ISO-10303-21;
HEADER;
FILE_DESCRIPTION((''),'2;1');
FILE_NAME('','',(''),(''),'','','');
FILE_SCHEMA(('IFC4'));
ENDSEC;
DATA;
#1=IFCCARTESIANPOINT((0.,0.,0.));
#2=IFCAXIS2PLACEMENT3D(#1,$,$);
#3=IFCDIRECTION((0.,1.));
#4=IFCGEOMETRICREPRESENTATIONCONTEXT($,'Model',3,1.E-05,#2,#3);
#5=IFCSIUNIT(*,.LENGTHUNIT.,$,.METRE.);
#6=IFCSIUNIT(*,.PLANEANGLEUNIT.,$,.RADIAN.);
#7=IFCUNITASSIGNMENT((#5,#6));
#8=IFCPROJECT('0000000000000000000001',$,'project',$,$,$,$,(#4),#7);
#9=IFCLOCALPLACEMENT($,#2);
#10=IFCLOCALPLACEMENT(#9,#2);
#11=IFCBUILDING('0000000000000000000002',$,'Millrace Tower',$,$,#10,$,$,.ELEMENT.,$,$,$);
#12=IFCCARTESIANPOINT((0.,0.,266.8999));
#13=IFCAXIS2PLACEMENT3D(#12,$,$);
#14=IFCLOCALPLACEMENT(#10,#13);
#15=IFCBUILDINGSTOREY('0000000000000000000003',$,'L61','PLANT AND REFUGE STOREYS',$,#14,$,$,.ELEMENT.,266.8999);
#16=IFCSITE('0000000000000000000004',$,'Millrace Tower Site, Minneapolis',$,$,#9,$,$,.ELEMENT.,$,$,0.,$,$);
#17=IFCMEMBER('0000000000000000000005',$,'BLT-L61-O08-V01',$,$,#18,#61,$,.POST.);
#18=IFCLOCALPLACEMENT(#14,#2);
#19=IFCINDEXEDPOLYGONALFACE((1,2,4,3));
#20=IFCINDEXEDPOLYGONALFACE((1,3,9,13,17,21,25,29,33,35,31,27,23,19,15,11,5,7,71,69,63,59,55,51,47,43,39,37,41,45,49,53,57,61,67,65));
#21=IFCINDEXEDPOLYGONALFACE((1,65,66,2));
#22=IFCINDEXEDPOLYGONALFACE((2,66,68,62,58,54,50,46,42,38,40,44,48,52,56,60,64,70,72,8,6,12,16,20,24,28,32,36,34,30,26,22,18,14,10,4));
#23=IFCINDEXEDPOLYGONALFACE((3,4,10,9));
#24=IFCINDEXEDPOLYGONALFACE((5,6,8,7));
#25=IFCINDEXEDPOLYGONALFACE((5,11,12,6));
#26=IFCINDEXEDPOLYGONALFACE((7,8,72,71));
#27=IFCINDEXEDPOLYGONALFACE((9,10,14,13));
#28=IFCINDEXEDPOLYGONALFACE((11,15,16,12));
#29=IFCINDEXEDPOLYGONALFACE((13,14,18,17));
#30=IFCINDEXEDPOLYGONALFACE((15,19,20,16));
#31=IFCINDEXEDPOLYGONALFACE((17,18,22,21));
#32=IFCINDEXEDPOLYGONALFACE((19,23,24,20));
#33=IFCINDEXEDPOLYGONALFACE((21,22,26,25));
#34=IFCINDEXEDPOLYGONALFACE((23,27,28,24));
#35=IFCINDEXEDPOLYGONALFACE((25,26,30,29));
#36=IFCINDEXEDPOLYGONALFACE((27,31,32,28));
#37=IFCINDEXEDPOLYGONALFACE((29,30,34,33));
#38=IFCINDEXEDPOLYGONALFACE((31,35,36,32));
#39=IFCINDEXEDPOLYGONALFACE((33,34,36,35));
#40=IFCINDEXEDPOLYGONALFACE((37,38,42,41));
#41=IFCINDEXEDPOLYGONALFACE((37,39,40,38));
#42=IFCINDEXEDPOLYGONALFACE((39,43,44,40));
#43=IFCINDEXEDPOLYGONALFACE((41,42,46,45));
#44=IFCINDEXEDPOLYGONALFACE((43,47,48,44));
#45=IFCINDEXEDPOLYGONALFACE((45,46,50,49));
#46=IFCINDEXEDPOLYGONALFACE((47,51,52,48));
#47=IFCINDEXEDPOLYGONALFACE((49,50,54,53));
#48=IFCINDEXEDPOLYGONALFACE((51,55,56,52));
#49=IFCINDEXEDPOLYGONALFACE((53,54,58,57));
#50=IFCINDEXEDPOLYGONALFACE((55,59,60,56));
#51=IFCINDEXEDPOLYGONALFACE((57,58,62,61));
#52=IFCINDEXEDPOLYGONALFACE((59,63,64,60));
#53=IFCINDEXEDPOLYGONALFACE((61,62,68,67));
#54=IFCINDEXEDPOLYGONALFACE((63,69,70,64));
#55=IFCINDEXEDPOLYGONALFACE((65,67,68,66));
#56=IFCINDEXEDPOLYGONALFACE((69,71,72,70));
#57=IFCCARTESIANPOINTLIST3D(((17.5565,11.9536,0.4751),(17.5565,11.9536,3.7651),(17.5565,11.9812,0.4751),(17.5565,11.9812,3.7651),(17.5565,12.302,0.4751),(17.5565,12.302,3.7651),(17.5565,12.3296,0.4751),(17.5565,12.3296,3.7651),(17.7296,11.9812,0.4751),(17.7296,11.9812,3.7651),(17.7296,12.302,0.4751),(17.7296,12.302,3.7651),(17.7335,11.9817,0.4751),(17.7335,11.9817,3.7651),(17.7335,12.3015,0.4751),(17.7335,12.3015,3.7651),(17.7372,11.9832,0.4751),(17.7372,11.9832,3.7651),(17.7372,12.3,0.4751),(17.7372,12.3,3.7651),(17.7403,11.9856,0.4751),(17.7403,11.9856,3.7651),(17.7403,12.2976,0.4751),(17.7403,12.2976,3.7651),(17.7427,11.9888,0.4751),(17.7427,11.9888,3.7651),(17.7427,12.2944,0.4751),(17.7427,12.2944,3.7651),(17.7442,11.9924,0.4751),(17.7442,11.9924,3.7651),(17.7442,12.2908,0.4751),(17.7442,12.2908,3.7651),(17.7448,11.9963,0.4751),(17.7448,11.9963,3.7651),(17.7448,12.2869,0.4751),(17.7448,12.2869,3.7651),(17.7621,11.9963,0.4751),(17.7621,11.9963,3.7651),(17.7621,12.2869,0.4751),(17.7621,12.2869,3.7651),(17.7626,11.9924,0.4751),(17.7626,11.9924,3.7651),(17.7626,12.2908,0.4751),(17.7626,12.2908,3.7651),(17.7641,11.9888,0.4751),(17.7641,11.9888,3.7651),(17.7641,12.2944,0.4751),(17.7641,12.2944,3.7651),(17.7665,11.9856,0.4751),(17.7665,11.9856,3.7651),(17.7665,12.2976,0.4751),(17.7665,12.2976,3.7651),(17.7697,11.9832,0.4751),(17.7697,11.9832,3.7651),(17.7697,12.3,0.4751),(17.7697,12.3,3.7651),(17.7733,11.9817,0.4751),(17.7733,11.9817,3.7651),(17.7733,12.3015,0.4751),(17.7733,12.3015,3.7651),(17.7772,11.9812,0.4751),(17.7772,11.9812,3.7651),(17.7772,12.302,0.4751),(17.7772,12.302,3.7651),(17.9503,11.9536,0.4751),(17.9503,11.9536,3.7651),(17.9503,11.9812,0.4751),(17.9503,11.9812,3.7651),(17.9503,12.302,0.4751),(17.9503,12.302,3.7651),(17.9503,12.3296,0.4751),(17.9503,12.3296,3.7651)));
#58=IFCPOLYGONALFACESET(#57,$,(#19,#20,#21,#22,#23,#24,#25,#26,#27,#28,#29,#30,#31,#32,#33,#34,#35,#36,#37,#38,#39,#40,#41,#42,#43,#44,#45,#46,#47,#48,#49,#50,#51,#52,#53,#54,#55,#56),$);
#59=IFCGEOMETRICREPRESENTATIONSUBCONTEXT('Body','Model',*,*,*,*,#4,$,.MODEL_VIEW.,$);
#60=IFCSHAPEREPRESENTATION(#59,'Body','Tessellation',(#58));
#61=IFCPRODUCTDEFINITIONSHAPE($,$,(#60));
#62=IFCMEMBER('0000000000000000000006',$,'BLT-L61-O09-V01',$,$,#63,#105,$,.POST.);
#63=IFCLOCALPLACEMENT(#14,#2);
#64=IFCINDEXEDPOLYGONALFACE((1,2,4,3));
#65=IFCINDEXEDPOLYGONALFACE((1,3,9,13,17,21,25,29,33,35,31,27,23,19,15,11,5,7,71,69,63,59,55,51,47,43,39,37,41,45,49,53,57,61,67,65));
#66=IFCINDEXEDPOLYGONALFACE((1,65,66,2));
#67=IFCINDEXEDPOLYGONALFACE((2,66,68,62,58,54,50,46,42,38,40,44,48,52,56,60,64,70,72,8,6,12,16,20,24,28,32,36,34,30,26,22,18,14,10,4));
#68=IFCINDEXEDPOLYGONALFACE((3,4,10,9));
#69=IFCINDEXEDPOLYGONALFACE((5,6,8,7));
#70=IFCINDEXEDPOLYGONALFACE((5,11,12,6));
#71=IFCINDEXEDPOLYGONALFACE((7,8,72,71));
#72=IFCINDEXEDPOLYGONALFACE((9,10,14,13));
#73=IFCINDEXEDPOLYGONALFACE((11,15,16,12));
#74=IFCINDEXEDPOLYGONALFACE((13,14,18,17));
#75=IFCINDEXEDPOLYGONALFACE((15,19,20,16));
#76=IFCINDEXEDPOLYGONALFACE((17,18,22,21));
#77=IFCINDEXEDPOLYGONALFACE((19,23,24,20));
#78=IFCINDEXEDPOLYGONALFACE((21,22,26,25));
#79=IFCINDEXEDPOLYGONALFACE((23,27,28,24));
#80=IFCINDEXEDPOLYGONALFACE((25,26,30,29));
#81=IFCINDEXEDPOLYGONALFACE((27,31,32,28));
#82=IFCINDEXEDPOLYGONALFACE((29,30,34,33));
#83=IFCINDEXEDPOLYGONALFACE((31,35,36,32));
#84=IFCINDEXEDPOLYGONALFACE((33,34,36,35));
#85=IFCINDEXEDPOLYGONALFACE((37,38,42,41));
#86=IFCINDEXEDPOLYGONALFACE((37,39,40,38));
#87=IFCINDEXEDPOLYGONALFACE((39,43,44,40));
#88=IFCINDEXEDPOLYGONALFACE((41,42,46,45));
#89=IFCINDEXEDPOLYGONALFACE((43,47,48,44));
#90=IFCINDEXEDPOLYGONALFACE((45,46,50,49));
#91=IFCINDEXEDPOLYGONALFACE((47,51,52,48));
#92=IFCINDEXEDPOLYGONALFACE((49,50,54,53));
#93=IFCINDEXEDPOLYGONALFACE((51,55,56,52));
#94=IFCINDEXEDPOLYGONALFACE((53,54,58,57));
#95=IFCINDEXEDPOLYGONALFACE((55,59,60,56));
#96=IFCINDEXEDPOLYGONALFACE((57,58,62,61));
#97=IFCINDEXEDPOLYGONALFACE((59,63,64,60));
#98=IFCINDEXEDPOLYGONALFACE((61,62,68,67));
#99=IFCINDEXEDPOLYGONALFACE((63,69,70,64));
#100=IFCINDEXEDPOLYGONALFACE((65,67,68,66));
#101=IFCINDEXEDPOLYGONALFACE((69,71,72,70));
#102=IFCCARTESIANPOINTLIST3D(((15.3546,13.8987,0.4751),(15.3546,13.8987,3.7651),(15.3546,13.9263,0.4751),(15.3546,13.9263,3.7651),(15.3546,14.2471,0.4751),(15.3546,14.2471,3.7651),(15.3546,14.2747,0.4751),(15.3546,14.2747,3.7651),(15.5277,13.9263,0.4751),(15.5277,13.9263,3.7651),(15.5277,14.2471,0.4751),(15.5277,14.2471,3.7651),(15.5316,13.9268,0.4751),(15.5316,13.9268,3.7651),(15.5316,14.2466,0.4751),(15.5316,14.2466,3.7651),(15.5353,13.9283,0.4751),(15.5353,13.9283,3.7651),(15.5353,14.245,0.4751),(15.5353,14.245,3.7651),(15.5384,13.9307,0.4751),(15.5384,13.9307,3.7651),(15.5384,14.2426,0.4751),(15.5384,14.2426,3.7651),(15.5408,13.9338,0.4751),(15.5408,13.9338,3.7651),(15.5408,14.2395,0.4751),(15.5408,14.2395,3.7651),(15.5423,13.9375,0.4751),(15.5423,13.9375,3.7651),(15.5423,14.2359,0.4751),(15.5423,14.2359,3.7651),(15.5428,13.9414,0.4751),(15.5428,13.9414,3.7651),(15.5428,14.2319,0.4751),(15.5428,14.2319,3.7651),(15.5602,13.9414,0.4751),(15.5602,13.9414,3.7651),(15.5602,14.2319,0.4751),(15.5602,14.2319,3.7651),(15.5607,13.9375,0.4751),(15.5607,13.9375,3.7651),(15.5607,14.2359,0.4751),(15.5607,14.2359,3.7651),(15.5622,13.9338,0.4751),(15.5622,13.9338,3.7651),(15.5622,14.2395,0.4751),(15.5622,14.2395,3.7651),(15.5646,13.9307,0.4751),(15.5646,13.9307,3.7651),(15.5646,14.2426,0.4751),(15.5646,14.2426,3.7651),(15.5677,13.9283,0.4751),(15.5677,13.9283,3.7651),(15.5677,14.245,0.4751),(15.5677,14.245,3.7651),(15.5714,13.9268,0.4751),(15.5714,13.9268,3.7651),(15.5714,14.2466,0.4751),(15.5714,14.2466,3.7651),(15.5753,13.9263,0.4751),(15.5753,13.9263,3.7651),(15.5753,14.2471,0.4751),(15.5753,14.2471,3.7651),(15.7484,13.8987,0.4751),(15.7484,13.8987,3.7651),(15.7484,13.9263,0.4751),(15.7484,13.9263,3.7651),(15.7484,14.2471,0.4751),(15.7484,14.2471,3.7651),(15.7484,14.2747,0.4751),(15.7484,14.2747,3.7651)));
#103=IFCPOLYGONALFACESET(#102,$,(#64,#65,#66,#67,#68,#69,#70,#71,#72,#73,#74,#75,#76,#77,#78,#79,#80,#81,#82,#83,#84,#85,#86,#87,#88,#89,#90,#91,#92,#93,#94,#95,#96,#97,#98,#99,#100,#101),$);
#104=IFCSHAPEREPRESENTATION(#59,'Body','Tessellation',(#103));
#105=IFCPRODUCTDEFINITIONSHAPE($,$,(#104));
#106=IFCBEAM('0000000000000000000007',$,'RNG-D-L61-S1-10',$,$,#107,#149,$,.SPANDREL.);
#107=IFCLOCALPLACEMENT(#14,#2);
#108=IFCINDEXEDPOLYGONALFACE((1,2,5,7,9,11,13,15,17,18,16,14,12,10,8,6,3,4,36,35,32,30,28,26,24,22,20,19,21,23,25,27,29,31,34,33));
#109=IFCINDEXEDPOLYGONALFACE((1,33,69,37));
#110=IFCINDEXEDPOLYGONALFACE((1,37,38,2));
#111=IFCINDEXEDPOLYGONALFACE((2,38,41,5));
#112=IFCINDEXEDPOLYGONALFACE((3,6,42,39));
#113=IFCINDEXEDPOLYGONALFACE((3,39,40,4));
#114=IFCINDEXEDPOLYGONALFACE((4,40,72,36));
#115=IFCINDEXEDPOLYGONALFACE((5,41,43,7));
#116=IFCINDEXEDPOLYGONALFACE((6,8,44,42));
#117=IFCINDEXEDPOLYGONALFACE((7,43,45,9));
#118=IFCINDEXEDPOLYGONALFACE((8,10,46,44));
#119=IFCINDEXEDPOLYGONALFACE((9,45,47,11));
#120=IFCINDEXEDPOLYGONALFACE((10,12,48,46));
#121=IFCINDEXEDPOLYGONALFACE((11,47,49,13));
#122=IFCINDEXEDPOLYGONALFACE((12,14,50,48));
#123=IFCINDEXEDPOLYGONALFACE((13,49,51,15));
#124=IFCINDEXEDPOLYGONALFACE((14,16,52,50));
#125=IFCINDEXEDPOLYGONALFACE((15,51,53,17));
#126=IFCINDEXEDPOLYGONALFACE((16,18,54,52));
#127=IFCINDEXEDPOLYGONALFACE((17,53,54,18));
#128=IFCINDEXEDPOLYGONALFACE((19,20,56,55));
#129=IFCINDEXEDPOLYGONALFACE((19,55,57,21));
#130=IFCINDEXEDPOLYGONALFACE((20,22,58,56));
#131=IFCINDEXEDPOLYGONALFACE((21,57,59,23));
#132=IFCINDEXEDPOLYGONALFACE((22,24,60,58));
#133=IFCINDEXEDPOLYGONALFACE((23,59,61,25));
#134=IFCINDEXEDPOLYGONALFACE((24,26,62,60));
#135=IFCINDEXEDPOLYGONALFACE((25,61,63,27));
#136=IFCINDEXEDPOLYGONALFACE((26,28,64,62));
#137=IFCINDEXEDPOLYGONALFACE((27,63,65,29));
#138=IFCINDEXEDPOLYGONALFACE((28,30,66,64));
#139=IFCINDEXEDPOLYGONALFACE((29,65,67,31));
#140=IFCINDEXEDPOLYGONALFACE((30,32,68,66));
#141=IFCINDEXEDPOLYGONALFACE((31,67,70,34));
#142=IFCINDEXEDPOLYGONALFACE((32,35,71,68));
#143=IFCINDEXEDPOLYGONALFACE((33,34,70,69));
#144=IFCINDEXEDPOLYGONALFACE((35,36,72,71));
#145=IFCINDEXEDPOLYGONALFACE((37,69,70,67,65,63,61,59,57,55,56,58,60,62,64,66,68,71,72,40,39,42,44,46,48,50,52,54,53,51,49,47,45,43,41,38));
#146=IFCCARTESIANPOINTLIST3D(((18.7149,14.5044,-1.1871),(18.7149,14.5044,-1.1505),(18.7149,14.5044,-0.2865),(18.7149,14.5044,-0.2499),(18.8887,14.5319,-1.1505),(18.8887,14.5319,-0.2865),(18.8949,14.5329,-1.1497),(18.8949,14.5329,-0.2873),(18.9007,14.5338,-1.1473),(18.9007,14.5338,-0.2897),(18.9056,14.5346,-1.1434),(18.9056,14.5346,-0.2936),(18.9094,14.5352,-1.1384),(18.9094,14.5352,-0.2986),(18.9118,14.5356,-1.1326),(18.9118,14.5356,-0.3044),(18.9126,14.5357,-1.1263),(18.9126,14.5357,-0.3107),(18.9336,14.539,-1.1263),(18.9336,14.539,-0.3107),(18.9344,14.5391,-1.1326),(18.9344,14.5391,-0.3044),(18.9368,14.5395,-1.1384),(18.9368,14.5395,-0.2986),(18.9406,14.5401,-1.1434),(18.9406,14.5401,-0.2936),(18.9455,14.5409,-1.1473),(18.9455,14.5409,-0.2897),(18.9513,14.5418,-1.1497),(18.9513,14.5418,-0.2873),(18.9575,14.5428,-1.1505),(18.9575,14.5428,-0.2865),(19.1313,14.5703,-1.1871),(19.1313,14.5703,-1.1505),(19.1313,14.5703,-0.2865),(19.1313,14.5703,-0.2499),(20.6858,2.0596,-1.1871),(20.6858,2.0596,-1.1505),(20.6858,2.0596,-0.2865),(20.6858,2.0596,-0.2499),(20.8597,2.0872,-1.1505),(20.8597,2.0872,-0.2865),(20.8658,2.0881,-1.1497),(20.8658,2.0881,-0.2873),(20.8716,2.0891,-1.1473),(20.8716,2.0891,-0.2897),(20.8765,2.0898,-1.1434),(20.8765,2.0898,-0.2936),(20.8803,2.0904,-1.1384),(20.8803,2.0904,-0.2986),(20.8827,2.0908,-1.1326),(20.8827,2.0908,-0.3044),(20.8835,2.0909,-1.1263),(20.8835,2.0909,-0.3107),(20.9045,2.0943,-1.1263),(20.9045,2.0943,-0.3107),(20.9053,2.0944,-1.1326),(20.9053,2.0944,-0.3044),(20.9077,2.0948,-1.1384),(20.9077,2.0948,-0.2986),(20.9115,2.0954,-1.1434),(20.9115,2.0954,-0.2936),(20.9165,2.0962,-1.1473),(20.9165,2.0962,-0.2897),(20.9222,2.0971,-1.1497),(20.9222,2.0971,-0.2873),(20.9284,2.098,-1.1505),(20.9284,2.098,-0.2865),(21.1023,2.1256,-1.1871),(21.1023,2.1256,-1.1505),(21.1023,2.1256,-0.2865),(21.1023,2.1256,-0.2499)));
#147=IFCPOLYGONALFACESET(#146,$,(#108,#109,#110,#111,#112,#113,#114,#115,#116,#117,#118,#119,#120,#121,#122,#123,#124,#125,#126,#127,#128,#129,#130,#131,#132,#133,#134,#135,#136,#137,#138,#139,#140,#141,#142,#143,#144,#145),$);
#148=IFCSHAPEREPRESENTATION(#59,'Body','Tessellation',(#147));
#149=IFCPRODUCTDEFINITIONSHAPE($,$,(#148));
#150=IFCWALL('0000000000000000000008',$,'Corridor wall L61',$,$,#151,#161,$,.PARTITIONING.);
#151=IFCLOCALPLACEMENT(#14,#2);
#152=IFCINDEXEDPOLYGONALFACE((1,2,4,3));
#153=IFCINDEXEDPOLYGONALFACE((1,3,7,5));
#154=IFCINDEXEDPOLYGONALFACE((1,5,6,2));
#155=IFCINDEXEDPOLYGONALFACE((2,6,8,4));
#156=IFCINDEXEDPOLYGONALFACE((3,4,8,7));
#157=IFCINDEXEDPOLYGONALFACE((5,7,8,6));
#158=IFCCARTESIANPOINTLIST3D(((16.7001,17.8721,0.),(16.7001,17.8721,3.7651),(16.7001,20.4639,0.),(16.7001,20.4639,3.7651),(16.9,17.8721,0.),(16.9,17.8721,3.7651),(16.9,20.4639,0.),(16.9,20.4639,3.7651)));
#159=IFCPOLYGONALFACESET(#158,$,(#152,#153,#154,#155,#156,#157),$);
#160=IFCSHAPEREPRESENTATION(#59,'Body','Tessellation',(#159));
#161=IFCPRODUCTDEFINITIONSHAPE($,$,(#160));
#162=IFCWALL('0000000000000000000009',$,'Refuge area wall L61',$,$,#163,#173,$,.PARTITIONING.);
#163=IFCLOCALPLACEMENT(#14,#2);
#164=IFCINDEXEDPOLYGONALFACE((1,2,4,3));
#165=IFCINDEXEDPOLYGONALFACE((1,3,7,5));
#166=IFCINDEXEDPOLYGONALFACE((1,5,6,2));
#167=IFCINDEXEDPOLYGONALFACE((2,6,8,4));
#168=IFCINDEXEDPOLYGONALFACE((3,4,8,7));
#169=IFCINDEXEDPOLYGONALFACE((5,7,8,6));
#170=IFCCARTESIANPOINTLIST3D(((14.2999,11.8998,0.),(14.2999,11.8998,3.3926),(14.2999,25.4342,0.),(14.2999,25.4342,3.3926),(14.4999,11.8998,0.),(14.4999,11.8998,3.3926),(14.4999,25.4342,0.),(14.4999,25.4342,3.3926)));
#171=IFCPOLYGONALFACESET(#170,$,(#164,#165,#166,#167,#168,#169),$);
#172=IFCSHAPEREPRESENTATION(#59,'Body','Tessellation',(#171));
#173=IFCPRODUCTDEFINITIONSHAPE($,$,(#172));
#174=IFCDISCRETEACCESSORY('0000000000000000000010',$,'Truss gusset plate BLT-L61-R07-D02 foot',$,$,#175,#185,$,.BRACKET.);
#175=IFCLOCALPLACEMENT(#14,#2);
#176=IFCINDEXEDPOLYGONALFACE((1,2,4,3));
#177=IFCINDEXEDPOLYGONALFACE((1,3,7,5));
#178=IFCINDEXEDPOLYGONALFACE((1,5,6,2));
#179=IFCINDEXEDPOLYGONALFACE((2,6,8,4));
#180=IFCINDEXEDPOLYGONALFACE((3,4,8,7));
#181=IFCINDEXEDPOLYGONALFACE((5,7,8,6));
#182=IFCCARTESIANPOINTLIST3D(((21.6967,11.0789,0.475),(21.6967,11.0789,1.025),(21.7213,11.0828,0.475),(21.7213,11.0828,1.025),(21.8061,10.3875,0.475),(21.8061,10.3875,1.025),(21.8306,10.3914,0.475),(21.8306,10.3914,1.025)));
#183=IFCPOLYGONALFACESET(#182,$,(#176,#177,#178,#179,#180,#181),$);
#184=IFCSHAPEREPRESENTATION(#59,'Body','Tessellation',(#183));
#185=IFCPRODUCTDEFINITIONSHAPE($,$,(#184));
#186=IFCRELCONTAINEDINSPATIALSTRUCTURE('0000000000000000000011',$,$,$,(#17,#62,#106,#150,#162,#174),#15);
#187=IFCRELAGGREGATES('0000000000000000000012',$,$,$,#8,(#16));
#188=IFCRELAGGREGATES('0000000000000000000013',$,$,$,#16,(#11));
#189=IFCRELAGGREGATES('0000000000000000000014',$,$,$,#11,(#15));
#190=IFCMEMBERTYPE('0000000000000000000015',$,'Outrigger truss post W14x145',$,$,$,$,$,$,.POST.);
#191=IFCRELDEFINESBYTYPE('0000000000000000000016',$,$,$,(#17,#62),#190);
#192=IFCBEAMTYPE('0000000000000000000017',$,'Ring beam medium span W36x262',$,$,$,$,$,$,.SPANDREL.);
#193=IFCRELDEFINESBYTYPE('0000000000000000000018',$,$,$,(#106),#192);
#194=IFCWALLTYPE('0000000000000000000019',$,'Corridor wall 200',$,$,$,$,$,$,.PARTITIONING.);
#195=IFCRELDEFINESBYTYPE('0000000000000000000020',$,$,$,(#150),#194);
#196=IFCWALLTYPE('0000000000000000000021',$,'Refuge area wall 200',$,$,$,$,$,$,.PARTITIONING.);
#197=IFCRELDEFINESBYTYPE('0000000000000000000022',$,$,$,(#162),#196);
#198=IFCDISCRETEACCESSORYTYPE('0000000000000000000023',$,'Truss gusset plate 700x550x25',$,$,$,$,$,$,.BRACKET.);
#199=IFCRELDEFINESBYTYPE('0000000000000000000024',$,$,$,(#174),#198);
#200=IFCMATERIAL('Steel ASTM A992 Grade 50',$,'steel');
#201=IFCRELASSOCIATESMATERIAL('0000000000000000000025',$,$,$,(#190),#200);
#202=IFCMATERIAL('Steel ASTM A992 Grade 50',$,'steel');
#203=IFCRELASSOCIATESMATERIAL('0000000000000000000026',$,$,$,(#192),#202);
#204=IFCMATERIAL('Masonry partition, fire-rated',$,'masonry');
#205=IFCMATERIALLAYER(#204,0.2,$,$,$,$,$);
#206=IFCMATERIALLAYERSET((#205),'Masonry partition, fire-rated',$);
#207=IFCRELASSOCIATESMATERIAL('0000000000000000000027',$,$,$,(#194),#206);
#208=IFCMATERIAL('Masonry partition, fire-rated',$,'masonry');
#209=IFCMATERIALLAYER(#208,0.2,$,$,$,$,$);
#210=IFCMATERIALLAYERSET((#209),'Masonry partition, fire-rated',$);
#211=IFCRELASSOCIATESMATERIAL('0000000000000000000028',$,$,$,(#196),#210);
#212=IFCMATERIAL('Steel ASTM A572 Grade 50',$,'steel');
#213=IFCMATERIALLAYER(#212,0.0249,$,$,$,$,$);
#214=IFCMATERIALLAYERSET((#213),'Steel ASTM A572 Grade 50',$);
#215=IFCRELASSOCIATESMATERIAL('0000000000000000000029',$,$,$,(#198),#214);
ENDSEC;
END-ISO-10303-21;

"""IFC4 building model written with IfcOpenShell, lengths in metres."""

from ifc_helpers import new_model, si_unit, direction, frame, frame_2d, origin, origin_2d, place, context, subcontext, project, spatial, rectangle, i_section, extrude, material, layer, layer_set, material_profile, profile_set, type_object, element, save


model = new_model("IFC4")

# Units and contexts
model_context = context("Model", 3, precision=1e-05, world=origin(), true_north=direction((0.0, 1.0)))
body_context = subcontext(model_context, "Body", "Model", "MODEL_VIEW")
ifc_project = project(units=[si_unit("LENGTHUNIT", "METRE"), si_unit("PLANEANGLEUNIT", "RADIAN")], contexts=[model_context])

# Site, building, storey
site_placement = place(None, origin())
site = spatial("IfcSite", under=ifc_project, at=site_placement, Name="Millrace Tower Site, Minneapolis", CompositionType="ELEMENT", RefElevation=0.0)
building_placement = place(site_placement, origin())
building = spatial("IfcBuilding", under=site, at=building_placement, Name="Millrace Tower", CompositionType="ELEMENT")
storey_placement = place(building_placement, frame((0.0, 0.0, 266.8999)))
storey = spatial("IfcBuildingStorey", under=building, at=storey_placement, Name="L61", Description="PLANT AND REFUGE STOREYS", CompositionType="ELEMENT", Elevation=266.8999)

# Members
ifc_material_1 = material(Name="Steel ASTM A992 Grade 50", Category="steel")
ifc_material_profile_1 = material_profile(ifc_material_1, i_section(OverallWidth=0.3938, OverallDepth=0.376, WebThickness=0.0173, FlangeThickness=0.0276, FilletRadius=0.0151, at=origin_2d()))
ifc_profile_set_1 = profile_set([ifc_material_profile_1], Name="Steel ASTM A992 Grade 50")
member_type_1 = type_object("IfcMemberType", Name="Outrigger truss post W14x145", PredefinedType="POST", material=ifc_profile_set_1)
for number, where, z_axis, x_axis, name in (
    (1, (17.7534, 12.1416, 0.4751), (0.0, 0.0, 1.0), (1.0, 0.0, 0.0), "BLT-L61-O08-V01"),
    (2, (15.5515, 14.0867, 0.4751), (0.0, 0.0, 1.0), (1.0, 0.0, 0.0), "BLT-L61-O09-V01"),
):
    element("IfcMember", number, at=place(storey_placement, frame(where, z_axis=z_axis, x_axis=x_axis)), inside=storey, type_object=member_type_1, Name=name, PredefinedType="POST", context=body_context, shape_type="SweptSolid", body=[
        extrude(i_section(OverallWidth=0.3938, OverallDepth=0.376, WebThickness=0.0173, FlangeThickness=0.0276, FilletRadius=0.0151, at=origin_2d()), origin(), (0.0, 0.0, 1.0), 3.29),
    ])

# Beam
ifc_material_2 = material(Name="Steel ASTM A992 Grade 50", Category="steel")
ifc_material_profile_2 = material_profile(ifc_material_2, i_section(OverallWidth=0.4216, OverallDepth=0.9373, WebThickness=0.0212, FlangeThickness=0.0366, FilletRadius=0.0242, at=origin_2d()))
ifc_profile_set_2 = profile_set([ifc_material_profile_2], Name="Steel ASTM A992 Grade 50")
beam_type_1 = type_object("IfcBeamType", Name="Ring beam medium span W36x262", PredefinedType="SPANDREL", material=ifc_profile_set_2)
beam_1_placement = place(storey_placement, frame((18.9231, 14.5374, -0.7185), z_axis=(0.156425, -0.98769, 0.0), x_axis=(0.98769, 0.156425, 0.0)))
element("IfcBeam", 3, at=beam_1_placement, inside=storey, type_object=beam_type_1, Name="RNG-D-L61-S1-10", PredefinedType="SPANDREL", context=body_context, shape_type="SweptSolid", body=[
    extrude(i_section(OverallWidth=0.4216, OverallDepth=0.9373, WebThickness=0.0212, FlangeThickness=0.0366, FilletRadius=0.0242, at=origin_2d()), origin(), (0.0, 0.0, 1.0), 12.5999),
])

# Walls
ifc_material_3 = material(Name="Masonry partition, fire-rated", Category="masonry")
ifc_layer_1 = layer(ifc_material_3, 0.2)
ifc_layer_set_1 = layer_set([ifc_layer_1], Name="Masonry partition, fire-rated")
wall_type_1 = type_object("IfcWallType", Name="Corridor wall 200", PredefinedType="PARTITIONING", material=ifc_layer_set_1)
wall_1_placement = place(storey_placement, frame((16.8, 17.8721, 0.0), z_axis=(0.0, 0.0, 1.0), x_axis=(0.0, 1.0, 0.0)))
element("IfcWall", 4, at=wall_1_placement, inside=storey, type_object=wall_type_1, Name="Corridor wall L61", PredefinedType="PARTITIONING", context=body_context, shape_type="SweptSolid", body=[
    extrude(rectangle(XDim=2.5918, YDim=0.2, at=frame_2d((1.2959, 0.0))), origin(), (0.0, 0.0, 1.0), 3.7651),
])
ifc_material_4 = material(Name="Masonry partition, fire-rated", Category="masonry")
ifc_layer_2 = layer(ifc_material_4, 0.2)
ifc_layer_set_2 = layer_set([ifc_layer_2], Name="Masonry partition, fire-rated")
wall_type_2 = type_object("IfcWallType", Name="Refuge area wall 200", PredefinedType="PARTITIONING", material=ifc_layer_set_2)
wall_2_placement = place(storey_placement, frame((14.3999, 11.8999, 0.0), z_axis=(0.0, 0.0, 1.0), x_axis=(0.0, 1.0, 0.0)))
element("IfcWall", 5, at=wall_2_placement, inside=storey, type_object=wall_type_2, Name="Refuge area wall L61", PredefinedType="PARTITIONING", context=body_context, shape_type="SweptSolid", body=[
    extrude(rectangle(XDim=13.5344, YDim=0.2, at=frame_2d((6.7671, 0.0))), origin(), (0.0, 0.0, 1.0), 3.3926),
])

# Discrete accessory
ifc_material_5 = material(Name="Steel ASTM A572 Grade 50", Category="steel")
ifc_layer_3 = layer(ifc_material_5, 0.0249)
ifc_layer_set_3 = layer_set([ifc_layer_3], Name="Steel ASTM A572 Grade 50")
discrete_accessory_type = type_object("IfcDiscreteAccessoryType", Name="Truss gusset plate 700x550x25", PredefinedType="BRACKET", material=ifc_layer_set_3)
for number, where, z_axis, x_axis, name in (
    (6, (21.709, 11.0808, 0.75), (0.156249, -0.987718, 0.0), (0.987718, 0.156249, 0.0), "Truss gusset plate BLT-L61-R07-D02 foot"),
):
    element("IfcDiscreteAccessory", number, at=place(storey_placement, frame(where, z_axis=z_axis, x_axis=x_axis)), inside=storey, type_object=discrete_accessory_type, Name=name, PredefinedType="BRACKET", context=body_context, shape_type="SweptSolid", body=[
        extrude(rectangle(XDim=0.0249, YDim=0.55, at=origin_2d()), origin(), (0.0, 0.0, 1.0), 0.7),
    ])

save(model, "model.ifc")
